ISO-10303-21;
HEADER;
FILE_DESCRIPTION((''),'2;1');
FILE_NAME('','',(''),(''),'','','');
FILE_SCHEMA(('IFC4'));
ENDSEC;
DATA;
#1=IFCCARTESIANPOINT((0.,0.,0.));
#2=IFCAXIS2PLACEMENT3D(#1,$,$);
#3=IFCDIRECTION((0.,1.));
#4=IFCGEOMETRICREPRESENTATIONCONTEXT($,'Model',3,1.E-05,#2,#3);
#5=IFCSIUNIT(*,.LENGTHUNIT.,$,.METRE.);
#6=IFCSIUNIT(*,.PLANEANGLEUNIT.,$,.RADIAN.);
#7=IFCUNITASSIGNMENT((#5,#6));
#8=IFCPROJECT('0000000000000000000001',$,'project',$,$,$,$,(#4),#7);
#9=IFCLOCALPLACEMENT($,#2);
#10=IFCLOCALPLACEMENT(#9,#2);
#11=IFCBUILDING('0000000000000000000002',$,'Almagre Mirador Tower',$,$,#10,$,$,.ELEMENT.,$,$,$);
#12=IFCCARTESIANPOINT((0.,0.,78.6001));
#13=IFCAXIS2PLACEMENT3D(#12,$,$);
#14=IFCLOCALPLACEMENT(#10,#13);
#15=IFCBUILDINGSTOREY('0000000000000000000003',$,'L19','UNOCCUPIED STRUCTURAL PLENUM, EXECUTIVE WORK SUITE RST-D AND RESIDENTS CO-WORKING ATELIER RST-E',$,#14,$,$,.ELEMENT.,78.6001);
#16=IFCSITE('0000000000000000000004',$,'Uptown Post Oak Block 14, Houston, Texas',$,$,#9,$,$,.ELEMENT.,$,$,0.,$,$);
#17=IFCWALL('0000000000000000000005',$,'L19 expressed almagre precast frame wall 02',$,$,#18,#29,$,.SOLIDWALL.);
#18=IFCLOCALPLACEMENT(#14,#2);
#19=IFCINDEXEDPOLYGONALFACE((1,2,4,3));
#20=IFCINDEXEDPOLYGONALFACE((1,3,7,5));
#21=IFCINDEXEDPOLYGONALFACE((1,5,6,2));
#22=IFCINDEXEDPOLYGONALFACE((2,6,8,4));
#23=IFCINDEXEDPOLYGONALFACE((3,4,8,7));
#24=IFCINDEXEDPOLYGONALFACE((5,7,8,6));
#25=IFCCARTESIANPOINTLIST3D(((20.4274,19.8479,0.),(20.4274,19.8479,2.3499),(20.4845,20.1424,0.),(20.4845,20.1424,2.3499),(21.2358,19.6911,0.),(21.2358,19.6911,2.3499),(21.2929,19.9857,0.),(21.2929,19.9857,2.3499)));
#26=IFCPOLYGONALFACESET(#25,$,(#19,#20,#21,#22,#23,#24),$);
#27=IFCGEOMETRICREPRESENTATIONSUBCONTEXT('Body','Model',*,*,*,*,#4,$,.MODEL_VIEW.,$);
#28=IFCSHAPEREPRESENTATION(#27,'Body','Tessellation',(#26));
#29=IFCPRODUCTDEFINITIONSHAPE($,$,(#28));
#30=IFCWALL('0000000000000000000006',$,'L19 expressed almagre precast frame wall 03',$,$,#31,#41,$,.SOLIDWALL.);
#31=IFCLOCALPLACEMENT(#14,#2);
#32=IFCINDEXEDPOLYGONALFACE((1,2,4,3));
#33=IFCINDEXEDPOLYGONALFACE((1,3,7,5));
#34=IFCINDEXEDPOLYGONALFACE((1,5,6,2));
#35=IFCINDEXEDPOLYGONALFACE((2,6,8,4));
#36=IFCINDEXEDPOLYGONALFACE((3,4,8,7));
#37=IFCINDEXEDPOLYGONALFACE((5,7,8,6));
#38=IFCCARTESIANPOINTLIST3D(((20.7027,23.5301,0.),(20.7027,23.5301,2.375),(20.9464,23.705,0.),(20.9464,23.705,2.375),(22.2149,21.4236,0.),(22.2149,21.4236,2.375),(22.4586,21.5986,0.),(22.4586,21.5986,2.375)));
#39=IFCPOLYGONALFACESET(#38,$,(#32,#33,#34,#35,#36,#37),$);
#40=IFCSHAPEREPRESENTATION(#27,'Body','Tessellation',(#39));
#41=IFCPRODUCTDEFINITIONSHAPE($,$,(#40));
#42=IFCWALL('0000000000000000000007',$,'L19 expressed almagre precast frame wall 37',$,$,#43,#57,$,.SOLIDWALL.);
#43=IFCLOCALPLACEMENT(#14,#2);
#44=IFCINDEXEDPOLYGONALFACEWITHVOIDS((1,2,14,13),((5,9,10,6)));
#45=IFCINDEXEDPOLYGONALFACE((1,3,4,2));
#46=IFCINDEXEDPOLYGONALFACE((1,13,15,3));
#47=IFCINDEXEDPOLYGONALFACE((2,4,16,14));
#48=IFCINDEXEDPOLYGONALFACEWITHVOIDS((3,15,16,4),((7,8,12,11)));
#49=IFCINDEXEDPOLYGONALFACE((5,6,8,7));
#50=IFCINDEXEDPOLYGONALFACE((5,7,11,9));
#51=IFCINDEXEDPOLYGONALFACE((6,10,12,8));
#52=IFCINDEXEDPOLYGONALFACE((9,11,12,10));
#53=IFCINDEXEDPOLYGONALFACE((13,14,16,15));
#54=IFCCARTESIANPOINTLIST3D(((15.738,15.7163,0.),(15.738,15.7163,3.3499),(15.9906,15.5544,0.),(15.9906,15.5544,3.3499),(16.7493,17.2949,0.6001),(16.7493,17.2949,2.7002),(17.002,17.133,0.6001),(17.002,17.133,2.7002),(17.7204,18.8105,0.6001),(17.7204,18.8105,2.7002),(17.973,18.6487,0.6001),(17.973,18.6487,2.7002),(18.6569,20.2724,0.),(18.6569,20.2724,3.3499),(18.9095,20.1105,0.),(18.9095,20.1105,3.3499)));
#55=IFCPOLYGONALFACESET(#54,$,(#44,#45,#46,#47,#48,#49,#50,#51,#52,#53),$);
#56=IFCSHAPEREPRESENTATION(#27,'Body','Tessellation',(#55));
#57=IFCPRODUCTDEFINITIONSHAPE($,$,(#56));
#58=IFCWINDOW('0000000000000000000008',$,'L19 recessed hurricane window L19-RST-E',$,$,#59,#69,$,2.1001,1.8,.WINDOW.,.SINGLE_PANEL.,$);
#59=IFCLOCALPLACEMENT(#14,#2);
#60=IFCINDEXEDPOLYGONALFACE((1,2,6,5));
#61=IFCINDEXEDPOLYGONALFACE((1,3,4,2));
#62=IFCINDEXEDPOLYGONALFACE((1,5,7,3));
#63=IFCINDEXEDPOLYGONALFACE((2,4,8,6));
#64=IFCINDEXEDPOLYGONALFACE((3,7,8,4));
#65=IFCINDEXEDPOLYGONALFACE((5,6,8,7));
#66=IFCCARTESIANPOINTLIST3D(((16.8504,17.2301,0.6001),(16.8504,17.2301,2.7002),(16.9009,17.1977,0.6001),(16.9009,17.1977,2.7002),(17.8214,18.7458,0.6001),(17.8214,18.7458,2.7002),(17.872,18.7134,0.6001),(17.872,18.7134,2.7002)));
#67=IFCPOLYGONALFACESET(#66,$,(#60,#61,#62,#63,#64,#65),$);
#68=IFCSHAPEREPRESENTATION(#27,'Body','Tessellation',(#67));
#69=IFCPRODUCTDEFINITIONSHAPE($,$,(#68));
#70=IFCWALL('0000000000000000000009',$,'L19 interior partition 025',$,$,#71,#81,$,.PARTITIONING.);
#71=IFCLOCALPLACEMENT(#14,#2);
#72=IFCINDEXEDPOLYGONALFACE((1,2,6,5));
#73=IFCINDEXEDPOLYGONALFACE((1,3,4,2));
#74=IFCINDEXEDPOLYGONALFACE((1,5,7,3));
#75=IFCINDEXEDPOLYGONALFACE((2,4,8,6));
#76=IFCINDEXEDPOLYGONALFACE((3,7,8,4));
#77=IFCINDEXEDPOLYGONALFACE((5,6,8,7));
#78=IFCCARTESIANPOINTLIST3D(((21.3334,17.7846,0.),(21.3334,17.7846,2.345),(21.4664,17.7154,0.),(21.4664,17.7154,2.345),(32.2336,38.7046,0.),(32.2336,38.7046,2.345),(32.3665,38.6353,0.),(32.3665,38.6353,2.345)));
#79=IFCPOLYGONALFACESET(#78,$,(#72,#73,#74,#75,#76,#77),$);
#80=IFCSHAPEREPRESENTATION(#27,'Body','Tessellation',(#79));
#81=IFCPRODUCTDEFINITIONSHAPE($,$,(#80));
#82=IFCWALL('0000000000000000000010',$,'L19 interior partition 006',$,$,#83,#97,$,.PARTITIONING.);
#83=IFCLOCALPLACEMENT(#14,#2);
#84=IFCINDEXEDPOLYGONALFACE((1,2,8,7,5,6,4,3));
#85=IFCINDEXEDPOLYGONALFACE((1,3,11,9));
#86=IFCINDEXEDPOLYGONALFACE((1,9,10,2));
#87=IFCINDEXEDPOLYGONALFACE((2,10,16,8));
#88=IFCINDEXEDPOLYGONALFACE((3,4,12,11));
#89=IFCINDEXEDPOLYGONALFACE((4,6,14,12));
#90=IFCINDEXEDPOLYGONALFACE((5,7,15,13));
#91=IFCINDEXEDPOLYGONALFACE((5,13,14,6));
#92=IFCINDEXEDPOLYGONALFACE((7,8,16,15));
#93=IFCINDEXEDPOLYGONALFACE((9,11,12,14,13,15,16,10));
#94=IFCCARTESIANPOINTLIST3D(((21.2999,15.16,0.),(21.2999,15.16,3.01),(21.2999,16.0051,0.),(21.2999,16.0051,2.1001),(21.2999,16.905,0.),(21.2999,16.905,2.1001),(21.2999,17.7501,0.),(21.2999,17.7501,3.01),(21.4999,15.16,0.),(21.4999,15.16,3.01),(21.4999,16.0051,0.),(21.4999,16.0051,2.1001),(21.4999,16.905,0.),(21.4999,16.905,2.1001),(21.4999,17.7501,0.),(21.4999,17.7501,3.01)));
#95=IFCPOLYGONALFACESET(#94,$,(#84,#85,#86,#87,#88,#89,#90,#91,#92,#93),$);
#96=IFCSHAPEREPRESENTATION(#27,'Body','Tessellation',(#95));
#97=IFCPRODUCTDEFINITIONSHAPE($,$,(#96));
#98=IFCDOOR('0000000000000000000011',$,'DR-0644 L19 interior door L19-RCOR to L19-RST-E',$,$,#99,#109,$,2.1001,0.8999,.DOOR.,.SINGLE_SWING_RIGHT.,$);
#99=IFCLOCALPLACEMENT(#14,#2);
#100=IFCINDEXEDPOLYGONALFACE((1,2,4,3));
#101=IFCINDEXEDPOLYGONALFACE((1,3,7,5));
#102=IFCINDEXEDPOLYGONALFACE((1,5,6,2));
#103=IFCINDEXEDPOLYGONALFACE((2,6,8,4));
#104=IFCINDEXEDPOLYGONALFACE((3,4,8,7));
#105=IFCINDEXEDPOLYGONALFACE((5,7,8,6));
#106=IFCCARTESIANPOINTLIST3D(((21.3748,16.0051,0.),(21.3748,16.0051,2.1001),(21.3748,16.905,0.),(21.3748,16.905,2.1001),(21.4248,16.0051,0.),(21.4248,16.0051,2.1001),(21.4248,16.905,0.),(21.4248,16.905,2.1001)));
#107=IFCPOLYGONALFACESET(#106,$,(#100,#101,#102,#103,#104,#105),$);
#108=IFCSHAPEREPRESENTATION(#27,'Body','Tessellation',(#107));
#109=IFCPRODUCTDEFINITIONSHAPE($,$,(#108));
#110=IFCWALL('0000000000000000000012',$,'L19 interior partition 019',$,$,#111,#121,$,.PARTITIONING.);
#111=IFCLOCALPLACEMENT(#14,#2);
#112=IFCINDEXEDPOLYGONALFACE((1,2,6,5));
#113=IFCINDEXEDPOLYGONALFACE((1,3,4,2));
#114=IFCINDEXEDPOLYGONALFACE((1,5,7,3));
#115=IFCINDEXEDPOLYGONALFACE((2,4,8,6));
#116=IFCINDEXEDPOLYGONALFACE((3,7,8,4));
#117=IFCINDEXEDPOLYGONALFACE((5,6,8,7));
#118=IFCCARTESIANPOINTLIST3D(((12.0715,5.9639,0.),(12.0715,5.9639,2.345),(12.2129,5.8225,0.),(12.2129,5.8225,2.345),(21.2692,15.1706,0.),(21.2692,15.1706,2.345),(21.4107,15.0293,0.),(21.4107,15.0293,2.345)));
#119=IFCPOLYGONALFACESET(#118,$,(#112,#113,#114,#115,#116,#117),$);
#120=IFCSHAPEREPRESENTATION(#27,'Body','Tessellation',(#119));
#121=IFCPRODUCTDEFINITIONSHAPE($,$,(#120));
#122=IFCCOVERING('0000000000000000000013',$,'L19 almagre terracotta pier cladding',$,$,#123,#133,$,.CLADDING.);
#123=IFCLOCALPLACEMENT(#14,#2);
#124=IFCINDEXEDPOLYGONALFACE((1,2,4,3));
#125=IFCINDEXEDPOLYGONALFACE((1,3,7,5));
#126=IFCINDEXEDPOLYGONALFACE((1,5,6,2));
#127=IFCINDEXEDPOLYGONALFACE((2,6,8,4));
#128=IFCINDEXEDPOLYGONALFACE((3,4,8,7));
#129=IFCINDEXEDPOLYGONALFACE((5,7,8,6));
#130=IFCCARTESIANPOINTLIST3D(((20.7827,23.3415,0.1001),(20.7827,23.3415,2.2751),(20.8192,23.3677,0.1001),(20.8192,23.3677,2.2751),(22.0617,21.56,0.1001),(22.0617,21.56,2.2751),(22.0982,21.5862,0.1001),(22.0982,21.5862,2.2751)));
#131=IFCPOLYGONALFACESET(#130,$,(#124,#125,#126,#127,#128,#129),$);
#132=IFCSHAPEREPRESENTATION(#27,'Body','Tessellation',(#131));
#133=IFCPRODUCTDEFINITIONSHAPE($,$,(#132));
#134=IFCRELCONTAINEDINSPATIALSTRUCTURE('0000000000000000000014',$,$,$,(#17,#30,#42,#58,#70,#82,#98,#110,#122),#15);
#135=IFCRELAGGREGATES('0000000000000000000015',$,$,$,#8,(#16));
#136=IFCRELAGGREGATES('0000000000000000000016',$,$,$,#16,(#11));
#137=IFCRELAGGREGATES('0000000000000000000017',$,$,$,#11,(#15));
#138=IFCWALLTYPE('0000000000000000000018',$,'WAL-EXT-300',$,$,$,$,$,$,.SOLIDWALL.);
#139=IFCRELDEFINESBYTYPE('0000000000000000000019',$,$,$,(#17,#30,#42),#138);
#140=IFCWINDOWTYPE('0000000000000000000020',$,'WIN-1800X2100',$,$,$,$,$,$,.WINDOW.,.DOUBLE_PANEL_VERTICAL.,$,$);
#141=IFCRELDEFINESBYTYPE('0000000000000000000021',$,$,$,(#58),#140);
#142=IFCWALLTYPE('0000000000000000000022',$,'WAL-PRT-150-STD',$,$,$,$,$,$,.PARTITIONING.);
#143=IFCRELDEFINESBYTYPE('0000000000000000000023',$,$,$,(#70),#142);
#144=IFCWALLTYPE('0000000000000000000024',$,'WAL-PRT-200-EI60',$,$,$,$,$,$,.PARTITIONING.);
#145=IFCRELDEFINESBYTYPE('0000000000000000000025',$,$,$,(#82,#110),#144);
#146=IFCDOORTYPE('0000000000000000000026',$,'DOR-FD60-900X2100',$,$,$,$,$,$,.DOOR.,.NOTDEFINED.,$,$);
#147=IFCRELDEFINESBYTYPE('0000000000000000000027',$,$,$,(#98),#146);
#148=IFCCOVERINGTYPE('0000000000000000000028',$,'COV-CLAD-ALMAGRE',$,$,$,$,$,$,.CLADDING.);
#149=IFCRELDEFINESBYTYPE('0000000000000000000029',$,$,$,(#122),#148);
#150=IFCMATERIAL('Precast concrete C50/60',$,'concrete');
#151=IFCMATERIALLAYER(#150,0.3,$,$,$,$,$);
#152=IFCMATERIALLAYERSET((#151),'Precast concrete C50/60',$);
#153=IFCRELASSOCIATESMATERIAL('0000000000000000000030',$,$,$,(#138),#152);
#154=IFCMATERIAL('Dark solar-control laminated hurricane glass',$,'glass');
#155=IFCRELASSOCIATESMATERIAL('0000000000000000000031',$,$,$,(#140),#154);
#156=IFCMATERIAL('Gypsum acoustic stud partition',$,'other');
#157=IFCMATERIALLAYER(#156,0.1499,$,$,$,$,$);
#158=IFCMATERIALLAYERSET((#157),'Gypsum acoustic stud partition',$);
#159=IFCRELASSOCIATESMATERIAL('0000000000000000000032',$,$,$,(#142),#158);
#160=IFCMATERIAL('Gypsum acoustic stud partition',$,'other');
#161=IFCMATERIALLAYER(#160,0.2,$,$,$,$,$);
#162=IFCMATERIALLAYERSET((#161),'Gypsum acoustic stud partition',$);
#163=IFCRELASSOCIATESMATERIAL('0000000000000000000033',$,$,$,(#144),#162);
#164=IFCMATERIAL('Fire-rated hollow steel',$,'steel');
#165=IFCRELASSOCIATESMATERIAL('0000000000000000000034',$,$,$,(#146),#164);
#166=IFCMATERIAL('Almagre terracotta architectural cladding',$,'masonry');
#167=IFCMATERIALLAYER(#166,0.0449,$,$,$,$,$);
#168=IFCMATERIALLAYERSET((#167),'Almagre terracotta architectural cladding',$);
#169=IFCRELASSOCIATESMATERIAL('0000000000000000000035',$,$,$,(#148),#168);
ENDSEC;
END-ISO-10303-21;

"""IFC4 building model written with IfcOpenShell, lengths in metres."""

from ifc_helpers import new_model, si_unit, direction, frame, frame_2d, origin, origin_2d, place, context, subcontext, project, spatial, rectangle, extrude, material, layer, layer_set, type_object, element, fill, save


model = new_model("IFC4")

# Units and contexts
model_context = context("Model", 3, precision=1e-05, world=origin(), true_north=direction((0.0, 1.0)))
body_context = subcontext(model_context, "Body", "Model", "MODEL_VIEW")
ifc_project = project(units=[si_unit("LENGTHUNIT", "METRE"), si_unit("PLANEANGLEUNIT", "RADIAN")], contexts=[model_context])

# Site, building, storey
site_placement = place(None, origin())
site = spatial("IfcSite", under=ifc_project, at=site_placement, Name="Uptown Post Oak Block 14, Houston, Texas", CompositionType="ELEMENT", RefElevation=0.0)
building_placement = place(site_placement, origin())
building = spatial("IfcBuilding", under=site, at=building_placement, Name="Almagre Mirador Tower", CompositionType="ELEMENT")
storey_placement = place(building_placement, frame((0.0, 0.0, 78.6001)))
storey = spatial("IfcBuildingStorey", under=building, at=storey_placement, Name="L19", Description="UNOCCUPIED STRUCTURAL PLENUM, EXECUTIVE WORK SUITE RST-D AND RESIDENTS CO-WORKING ATELIER RST-E", CompositionType="ELEMENT", Elevation=78.6001)

# Walls
ifc_material_1 = material(Name="Precast concrete C50/60", Category="concrete")
ifc_layer_1 = layer(ifc_material_1, 0.3)
ifc_layer_set_1 = layer_set([ifc_layer_1], Name="Precast concrete C50/60")
wall_type_1 = type_object("IfcWallType", Name="WAL-EXT-300", PredefinedType="SOLIDWALL", material=ifc_layer_set_1)
wall_1_placement = place(storey_placement, frame((20.4561, 19.9951, 0.0), z_axis=(0.0, 0.0, 1.0), x_axis=(0.981716, -0.190354, 0.0)))
element("IfcWall", 1, at=wall_1_placement, inside=storey, type_object=wall_type_1, Name="L19 expressed almagre precast frame wall 02", PredefinedType="SOLIDWALL", context=body_context, shape_type="SweptSolid", body=[
    extrude(rectangle(XDim=0.8235, YDim=0.3, at=frame_2d((0.4116, 0.0))), origin(), (0.0, 0.0, 1.0), 2.3499),
])
wall_2_placement = place(storey_placement, frame((22.3367, 21.5112, 0.0), z_axis=(0.0, 0.0, 1.0), x_axis=(-0.583178, 0.812344, 0.0)))
element("IfcWall", 2, at=wall_2_placement, inside=storey, type_object=wall_type_1, Name="L19 expressed almagre precast frame wall 03", PredefinedType="SOLIDWALL", context=body_context, shape_type="SweptSolid", body=[
    extrude(rectangle(XDim=2.593, YDim=0.3, at=frame_2d((1.2964, 0.0))), origin(), (0.0, 0.0, 1.0), 2.375),
])

# Wall, opening, window
wall_3_placement = place(storey_placement, frame((15.8643, 15.6353, 0.0), z_axis=(0.0, 0.0, 1.0), x_axis=(0.539448, 0.842019, 0.0)))
wall_3 = element("IfcWall", 3, at=wall_3_placement, inside=storey, type_object=wall_type_1, Name="L19 expressed almagre precast frame wall 37", PredefinedType="SOLIDWALL", context=body_context, shape_type="SweptSolid", body=[
    extrude(rectangle(XDim=5.4109, YDim=0.3, at=frame_2d((2.7056, 0.0))), origin(), (0.0, 0.0, 1.0), 3.3499),
])
opening_1_placement = place(wall_3_placement, frame((1.875, 0.0, 0.6001)))
opening_1 = element("IfcOpeningElement", 4, at=opening_1_placement, cuts=wall_3, PredefinedType="OPENING", context=body_context, shape_type="SweptSolid", body=[
    extrude(rectangle(XDim=1.8, YDim=2.1001, at=frame_2d((0.8999, 1.05))), frame((0.0, 0.1599, 0.0), z_axis=(0.0, -1.0, 0.0), x_axis=(1.0, 0.0, 0.0)), (0.0, 0.0, 1.0), 0.32),
])
ifc_material_2 = material(Name="Dark solar-control laminated hurricane glass", Category="glass")
window_type = type_object("IfcWindowType", Name="WIN-1800X2100", PartitioningType="DOUBLE_PANEL_VERTICAL", PredefinedType="WINDOW", material=ifc_material_2)
window_placement = place(opening_1_placement, origin())
window = element("IfcWindow", 5, at=window_placement, inside=storey, type_object=window_type, Name="L19 recessed hurricane window L19-RST-E", OverallHeight=2.1001, OverallWidth=1.8, PartitioningType="SINGLE_PANEL", PredefinedType="WINDOW", context=body_context, shape_type="SweptSolid", body=[
    extrude(rectangle(XDim=1.8, YDim=2.1001, at=frame_2d((0.8999, 1.05))), frame((0.0, 0.03, 0.0), z_axis=(0.0, -1.0, 0.0), x_axis=(1.0, 0.0, 0.0)), (0.0, 0.0, 1.0), 0.0601),
])
fill(opening_1, window)

# Wall
ifc_material_3 = material(Name="Gypsum acoustic stud partition", Category="other")
ifc_layer_2 = layer(ifc_material_3, 0.1499)
ifc_layer_set_2 = layer_set([ifc_layer_2], Name="Gypsum acoustic stud partition")
wall_type_2 = type_object("IfcWallType", Name="WAL-PRT-150-STD", PredefinedType="PARTITIONING", material=ifc_layer_set_2)
wall_4_placement = place(storey_placement, frame((21.3999, 17.75, 0.0), z_axis=(0.0, 0.0, 1.0), x_axis=(0.46208, 0.886838, 0.0)))
element("IfcWall", 6, at=wall_4_placement, inside=storey, type_object=wall_type_2, Name="L19 interior partition 025", PredefinedType="PARTITIONING", context=body_context, shape_type="SweptSolid", body=[
    extrude(rectangle(XDim=23.5894, YDim=0.1499, at=frame_2d((11.7947, 0.0))), origin(), (0.0, 0.0, 1.0), 2.345),
])

# Wall, opening, door
ifc_material_4 = material(Name="Gypsum acoustic stud partition", Category="other")
ifc_layer_3 = layer(ifc_material_4, 0.2)
ifc_layer_set_3 = layer_set([ifc_layer_3], Name="Gypsum acoustic stud partition")
wall_type_3 = type_object("IfcWallType", Name="WAL-PRT-200-EI60", PredefinedType="PARTITIONING", material=ifc_layer_set_3)
wall_5_placement = place(storey_placement, frame((21.3999, 17.75, 0.0), z_axis=(0.0, 0.0, 1.0), x_axis=(0.0, -1.0, 0.0)))
wall_5 = element("IfcWall", 7, at=wall_5_placement, inside=storey, type_object=wall_type_3, Name="L19 interior partition 006", PredefinedType="PARTITIONING", context=body_context, shape_type="SweptSolid", body=[
    extrude(rectangle(XDim=2.5901, YDim=0.2, at=frame_2d((1.2949, 0.0))), origin(), (0.0, 0.0, 1.0), 3.01),
])
opening_2_placement = place(wall_5_placement, frame((0.845, 0.0, 0.0)))
opening_2 = element("IfcOpeningElement", 8, at=opening_2_placement, cuts=wall_5, PredefinedType="OPENING", context=body_context, shape_type="SweptSolid", body=[
    extrude(rectangle(XDim=0.8999, YDim=2.1001, at=frame_2d((0.45, 1.05))), frame((0.0, 0.1101, 0.0), z_axis=(0.0, -1.0, 0.0), x_axis=(1.0, 0.0, 0.0)), (0.0, 0.0, 1.0), 0.22),
])
ifc_material_5 = material(Name="Fire-rated hollow steel", Category="steel")
door_type = type_object("IfcDoorType", Name="DOR-FD60-900X2100", OperationType="NOTDEFINED", PredefinedType="DOOR", material=ifc_material_5)
door_placement = place(opening_2_placement, origin())
door = element("IfcDoor", 9, at=door_placement, inside=storey, type_object=door_type, Name="DR-0644 L19 interior door L19-RCOR to L19-RST-E", OperationType="SINGLE_SWING_RIGHT", OverallHeight=2.1001, OverallWidth=0.8999, PredefinedType="DOOR", context=body_context, shape_type="SweptSolid", body=[
    extrude(rectangle(XDim=0.8999, YDim=2.1001, at=frame_2d((0.45, 1.05))), frame((0.0, 0.0249, 0.0), z_axis=(0.0, -1.0, 0.0), x_axis=(1.0, 0.0, 0.0)), (0.0, 0.0, 1.0), 0.05),
])
fill(opening_2, door)

# Wall
wall_6_placement = place(storey_placement, frame((21.3398, 15.0999, 0.0), z_axis=(0.0, 0.0, 1.0), x_axis=(-0.70676, -0.707454, 0.0)))
element("IfcWall", 10, at=wall_6_placement, inside=storey, type_object=wall_type_3, Name="L19 interior partition 019", PredefinedType="PARTITIONING", context=body_context, shape_type="SweptSolid", body=[
    extrude(rectangle(XDim=13.0139, YDim=0.2, at=frame_2d((6.5068, 0.0))), origin(), (0.0, 0.0, 1.0), 2.345),
])

# Covering
ifc_material_6 = material(Name="Almagre terracotta architectural cladding", Category="masonry")
ifc_layer_4 = layer(ifc_material_6, 0.0449)
ifc_layer_set_4 = layer_set([ifc_layer_4], Name="Almagre terracotta architectural cladding")
covering_type = type_object("IfcCoveringType", Name="COV-CLAD-ALMAGRE", PredefinedType="CLADDING", material=ifc_layer_set_4)
covering_placement = place(storey_placement, frame((21.4404, 22.4639, 0.1001), z_axis=(0.0, 0.0, 1.0), x_axis=(-0.583187, 0.812338, 0.0)))
element("IfcCovering", 11, at=covering_placement, inside=storey, type_object=covering_type, Name="L19 almagre terracotta pier cladding", PredefinedType="CLADDING", context=body_context, shape_type="SweptSolid", body=[
    extrude(rectangle(XDim=2.1931, YDim=0.0449, at=origin_2d()), origin(), (0.0, 0.0, 1.0), 2.175),
])

save(model, "model.ifc")
